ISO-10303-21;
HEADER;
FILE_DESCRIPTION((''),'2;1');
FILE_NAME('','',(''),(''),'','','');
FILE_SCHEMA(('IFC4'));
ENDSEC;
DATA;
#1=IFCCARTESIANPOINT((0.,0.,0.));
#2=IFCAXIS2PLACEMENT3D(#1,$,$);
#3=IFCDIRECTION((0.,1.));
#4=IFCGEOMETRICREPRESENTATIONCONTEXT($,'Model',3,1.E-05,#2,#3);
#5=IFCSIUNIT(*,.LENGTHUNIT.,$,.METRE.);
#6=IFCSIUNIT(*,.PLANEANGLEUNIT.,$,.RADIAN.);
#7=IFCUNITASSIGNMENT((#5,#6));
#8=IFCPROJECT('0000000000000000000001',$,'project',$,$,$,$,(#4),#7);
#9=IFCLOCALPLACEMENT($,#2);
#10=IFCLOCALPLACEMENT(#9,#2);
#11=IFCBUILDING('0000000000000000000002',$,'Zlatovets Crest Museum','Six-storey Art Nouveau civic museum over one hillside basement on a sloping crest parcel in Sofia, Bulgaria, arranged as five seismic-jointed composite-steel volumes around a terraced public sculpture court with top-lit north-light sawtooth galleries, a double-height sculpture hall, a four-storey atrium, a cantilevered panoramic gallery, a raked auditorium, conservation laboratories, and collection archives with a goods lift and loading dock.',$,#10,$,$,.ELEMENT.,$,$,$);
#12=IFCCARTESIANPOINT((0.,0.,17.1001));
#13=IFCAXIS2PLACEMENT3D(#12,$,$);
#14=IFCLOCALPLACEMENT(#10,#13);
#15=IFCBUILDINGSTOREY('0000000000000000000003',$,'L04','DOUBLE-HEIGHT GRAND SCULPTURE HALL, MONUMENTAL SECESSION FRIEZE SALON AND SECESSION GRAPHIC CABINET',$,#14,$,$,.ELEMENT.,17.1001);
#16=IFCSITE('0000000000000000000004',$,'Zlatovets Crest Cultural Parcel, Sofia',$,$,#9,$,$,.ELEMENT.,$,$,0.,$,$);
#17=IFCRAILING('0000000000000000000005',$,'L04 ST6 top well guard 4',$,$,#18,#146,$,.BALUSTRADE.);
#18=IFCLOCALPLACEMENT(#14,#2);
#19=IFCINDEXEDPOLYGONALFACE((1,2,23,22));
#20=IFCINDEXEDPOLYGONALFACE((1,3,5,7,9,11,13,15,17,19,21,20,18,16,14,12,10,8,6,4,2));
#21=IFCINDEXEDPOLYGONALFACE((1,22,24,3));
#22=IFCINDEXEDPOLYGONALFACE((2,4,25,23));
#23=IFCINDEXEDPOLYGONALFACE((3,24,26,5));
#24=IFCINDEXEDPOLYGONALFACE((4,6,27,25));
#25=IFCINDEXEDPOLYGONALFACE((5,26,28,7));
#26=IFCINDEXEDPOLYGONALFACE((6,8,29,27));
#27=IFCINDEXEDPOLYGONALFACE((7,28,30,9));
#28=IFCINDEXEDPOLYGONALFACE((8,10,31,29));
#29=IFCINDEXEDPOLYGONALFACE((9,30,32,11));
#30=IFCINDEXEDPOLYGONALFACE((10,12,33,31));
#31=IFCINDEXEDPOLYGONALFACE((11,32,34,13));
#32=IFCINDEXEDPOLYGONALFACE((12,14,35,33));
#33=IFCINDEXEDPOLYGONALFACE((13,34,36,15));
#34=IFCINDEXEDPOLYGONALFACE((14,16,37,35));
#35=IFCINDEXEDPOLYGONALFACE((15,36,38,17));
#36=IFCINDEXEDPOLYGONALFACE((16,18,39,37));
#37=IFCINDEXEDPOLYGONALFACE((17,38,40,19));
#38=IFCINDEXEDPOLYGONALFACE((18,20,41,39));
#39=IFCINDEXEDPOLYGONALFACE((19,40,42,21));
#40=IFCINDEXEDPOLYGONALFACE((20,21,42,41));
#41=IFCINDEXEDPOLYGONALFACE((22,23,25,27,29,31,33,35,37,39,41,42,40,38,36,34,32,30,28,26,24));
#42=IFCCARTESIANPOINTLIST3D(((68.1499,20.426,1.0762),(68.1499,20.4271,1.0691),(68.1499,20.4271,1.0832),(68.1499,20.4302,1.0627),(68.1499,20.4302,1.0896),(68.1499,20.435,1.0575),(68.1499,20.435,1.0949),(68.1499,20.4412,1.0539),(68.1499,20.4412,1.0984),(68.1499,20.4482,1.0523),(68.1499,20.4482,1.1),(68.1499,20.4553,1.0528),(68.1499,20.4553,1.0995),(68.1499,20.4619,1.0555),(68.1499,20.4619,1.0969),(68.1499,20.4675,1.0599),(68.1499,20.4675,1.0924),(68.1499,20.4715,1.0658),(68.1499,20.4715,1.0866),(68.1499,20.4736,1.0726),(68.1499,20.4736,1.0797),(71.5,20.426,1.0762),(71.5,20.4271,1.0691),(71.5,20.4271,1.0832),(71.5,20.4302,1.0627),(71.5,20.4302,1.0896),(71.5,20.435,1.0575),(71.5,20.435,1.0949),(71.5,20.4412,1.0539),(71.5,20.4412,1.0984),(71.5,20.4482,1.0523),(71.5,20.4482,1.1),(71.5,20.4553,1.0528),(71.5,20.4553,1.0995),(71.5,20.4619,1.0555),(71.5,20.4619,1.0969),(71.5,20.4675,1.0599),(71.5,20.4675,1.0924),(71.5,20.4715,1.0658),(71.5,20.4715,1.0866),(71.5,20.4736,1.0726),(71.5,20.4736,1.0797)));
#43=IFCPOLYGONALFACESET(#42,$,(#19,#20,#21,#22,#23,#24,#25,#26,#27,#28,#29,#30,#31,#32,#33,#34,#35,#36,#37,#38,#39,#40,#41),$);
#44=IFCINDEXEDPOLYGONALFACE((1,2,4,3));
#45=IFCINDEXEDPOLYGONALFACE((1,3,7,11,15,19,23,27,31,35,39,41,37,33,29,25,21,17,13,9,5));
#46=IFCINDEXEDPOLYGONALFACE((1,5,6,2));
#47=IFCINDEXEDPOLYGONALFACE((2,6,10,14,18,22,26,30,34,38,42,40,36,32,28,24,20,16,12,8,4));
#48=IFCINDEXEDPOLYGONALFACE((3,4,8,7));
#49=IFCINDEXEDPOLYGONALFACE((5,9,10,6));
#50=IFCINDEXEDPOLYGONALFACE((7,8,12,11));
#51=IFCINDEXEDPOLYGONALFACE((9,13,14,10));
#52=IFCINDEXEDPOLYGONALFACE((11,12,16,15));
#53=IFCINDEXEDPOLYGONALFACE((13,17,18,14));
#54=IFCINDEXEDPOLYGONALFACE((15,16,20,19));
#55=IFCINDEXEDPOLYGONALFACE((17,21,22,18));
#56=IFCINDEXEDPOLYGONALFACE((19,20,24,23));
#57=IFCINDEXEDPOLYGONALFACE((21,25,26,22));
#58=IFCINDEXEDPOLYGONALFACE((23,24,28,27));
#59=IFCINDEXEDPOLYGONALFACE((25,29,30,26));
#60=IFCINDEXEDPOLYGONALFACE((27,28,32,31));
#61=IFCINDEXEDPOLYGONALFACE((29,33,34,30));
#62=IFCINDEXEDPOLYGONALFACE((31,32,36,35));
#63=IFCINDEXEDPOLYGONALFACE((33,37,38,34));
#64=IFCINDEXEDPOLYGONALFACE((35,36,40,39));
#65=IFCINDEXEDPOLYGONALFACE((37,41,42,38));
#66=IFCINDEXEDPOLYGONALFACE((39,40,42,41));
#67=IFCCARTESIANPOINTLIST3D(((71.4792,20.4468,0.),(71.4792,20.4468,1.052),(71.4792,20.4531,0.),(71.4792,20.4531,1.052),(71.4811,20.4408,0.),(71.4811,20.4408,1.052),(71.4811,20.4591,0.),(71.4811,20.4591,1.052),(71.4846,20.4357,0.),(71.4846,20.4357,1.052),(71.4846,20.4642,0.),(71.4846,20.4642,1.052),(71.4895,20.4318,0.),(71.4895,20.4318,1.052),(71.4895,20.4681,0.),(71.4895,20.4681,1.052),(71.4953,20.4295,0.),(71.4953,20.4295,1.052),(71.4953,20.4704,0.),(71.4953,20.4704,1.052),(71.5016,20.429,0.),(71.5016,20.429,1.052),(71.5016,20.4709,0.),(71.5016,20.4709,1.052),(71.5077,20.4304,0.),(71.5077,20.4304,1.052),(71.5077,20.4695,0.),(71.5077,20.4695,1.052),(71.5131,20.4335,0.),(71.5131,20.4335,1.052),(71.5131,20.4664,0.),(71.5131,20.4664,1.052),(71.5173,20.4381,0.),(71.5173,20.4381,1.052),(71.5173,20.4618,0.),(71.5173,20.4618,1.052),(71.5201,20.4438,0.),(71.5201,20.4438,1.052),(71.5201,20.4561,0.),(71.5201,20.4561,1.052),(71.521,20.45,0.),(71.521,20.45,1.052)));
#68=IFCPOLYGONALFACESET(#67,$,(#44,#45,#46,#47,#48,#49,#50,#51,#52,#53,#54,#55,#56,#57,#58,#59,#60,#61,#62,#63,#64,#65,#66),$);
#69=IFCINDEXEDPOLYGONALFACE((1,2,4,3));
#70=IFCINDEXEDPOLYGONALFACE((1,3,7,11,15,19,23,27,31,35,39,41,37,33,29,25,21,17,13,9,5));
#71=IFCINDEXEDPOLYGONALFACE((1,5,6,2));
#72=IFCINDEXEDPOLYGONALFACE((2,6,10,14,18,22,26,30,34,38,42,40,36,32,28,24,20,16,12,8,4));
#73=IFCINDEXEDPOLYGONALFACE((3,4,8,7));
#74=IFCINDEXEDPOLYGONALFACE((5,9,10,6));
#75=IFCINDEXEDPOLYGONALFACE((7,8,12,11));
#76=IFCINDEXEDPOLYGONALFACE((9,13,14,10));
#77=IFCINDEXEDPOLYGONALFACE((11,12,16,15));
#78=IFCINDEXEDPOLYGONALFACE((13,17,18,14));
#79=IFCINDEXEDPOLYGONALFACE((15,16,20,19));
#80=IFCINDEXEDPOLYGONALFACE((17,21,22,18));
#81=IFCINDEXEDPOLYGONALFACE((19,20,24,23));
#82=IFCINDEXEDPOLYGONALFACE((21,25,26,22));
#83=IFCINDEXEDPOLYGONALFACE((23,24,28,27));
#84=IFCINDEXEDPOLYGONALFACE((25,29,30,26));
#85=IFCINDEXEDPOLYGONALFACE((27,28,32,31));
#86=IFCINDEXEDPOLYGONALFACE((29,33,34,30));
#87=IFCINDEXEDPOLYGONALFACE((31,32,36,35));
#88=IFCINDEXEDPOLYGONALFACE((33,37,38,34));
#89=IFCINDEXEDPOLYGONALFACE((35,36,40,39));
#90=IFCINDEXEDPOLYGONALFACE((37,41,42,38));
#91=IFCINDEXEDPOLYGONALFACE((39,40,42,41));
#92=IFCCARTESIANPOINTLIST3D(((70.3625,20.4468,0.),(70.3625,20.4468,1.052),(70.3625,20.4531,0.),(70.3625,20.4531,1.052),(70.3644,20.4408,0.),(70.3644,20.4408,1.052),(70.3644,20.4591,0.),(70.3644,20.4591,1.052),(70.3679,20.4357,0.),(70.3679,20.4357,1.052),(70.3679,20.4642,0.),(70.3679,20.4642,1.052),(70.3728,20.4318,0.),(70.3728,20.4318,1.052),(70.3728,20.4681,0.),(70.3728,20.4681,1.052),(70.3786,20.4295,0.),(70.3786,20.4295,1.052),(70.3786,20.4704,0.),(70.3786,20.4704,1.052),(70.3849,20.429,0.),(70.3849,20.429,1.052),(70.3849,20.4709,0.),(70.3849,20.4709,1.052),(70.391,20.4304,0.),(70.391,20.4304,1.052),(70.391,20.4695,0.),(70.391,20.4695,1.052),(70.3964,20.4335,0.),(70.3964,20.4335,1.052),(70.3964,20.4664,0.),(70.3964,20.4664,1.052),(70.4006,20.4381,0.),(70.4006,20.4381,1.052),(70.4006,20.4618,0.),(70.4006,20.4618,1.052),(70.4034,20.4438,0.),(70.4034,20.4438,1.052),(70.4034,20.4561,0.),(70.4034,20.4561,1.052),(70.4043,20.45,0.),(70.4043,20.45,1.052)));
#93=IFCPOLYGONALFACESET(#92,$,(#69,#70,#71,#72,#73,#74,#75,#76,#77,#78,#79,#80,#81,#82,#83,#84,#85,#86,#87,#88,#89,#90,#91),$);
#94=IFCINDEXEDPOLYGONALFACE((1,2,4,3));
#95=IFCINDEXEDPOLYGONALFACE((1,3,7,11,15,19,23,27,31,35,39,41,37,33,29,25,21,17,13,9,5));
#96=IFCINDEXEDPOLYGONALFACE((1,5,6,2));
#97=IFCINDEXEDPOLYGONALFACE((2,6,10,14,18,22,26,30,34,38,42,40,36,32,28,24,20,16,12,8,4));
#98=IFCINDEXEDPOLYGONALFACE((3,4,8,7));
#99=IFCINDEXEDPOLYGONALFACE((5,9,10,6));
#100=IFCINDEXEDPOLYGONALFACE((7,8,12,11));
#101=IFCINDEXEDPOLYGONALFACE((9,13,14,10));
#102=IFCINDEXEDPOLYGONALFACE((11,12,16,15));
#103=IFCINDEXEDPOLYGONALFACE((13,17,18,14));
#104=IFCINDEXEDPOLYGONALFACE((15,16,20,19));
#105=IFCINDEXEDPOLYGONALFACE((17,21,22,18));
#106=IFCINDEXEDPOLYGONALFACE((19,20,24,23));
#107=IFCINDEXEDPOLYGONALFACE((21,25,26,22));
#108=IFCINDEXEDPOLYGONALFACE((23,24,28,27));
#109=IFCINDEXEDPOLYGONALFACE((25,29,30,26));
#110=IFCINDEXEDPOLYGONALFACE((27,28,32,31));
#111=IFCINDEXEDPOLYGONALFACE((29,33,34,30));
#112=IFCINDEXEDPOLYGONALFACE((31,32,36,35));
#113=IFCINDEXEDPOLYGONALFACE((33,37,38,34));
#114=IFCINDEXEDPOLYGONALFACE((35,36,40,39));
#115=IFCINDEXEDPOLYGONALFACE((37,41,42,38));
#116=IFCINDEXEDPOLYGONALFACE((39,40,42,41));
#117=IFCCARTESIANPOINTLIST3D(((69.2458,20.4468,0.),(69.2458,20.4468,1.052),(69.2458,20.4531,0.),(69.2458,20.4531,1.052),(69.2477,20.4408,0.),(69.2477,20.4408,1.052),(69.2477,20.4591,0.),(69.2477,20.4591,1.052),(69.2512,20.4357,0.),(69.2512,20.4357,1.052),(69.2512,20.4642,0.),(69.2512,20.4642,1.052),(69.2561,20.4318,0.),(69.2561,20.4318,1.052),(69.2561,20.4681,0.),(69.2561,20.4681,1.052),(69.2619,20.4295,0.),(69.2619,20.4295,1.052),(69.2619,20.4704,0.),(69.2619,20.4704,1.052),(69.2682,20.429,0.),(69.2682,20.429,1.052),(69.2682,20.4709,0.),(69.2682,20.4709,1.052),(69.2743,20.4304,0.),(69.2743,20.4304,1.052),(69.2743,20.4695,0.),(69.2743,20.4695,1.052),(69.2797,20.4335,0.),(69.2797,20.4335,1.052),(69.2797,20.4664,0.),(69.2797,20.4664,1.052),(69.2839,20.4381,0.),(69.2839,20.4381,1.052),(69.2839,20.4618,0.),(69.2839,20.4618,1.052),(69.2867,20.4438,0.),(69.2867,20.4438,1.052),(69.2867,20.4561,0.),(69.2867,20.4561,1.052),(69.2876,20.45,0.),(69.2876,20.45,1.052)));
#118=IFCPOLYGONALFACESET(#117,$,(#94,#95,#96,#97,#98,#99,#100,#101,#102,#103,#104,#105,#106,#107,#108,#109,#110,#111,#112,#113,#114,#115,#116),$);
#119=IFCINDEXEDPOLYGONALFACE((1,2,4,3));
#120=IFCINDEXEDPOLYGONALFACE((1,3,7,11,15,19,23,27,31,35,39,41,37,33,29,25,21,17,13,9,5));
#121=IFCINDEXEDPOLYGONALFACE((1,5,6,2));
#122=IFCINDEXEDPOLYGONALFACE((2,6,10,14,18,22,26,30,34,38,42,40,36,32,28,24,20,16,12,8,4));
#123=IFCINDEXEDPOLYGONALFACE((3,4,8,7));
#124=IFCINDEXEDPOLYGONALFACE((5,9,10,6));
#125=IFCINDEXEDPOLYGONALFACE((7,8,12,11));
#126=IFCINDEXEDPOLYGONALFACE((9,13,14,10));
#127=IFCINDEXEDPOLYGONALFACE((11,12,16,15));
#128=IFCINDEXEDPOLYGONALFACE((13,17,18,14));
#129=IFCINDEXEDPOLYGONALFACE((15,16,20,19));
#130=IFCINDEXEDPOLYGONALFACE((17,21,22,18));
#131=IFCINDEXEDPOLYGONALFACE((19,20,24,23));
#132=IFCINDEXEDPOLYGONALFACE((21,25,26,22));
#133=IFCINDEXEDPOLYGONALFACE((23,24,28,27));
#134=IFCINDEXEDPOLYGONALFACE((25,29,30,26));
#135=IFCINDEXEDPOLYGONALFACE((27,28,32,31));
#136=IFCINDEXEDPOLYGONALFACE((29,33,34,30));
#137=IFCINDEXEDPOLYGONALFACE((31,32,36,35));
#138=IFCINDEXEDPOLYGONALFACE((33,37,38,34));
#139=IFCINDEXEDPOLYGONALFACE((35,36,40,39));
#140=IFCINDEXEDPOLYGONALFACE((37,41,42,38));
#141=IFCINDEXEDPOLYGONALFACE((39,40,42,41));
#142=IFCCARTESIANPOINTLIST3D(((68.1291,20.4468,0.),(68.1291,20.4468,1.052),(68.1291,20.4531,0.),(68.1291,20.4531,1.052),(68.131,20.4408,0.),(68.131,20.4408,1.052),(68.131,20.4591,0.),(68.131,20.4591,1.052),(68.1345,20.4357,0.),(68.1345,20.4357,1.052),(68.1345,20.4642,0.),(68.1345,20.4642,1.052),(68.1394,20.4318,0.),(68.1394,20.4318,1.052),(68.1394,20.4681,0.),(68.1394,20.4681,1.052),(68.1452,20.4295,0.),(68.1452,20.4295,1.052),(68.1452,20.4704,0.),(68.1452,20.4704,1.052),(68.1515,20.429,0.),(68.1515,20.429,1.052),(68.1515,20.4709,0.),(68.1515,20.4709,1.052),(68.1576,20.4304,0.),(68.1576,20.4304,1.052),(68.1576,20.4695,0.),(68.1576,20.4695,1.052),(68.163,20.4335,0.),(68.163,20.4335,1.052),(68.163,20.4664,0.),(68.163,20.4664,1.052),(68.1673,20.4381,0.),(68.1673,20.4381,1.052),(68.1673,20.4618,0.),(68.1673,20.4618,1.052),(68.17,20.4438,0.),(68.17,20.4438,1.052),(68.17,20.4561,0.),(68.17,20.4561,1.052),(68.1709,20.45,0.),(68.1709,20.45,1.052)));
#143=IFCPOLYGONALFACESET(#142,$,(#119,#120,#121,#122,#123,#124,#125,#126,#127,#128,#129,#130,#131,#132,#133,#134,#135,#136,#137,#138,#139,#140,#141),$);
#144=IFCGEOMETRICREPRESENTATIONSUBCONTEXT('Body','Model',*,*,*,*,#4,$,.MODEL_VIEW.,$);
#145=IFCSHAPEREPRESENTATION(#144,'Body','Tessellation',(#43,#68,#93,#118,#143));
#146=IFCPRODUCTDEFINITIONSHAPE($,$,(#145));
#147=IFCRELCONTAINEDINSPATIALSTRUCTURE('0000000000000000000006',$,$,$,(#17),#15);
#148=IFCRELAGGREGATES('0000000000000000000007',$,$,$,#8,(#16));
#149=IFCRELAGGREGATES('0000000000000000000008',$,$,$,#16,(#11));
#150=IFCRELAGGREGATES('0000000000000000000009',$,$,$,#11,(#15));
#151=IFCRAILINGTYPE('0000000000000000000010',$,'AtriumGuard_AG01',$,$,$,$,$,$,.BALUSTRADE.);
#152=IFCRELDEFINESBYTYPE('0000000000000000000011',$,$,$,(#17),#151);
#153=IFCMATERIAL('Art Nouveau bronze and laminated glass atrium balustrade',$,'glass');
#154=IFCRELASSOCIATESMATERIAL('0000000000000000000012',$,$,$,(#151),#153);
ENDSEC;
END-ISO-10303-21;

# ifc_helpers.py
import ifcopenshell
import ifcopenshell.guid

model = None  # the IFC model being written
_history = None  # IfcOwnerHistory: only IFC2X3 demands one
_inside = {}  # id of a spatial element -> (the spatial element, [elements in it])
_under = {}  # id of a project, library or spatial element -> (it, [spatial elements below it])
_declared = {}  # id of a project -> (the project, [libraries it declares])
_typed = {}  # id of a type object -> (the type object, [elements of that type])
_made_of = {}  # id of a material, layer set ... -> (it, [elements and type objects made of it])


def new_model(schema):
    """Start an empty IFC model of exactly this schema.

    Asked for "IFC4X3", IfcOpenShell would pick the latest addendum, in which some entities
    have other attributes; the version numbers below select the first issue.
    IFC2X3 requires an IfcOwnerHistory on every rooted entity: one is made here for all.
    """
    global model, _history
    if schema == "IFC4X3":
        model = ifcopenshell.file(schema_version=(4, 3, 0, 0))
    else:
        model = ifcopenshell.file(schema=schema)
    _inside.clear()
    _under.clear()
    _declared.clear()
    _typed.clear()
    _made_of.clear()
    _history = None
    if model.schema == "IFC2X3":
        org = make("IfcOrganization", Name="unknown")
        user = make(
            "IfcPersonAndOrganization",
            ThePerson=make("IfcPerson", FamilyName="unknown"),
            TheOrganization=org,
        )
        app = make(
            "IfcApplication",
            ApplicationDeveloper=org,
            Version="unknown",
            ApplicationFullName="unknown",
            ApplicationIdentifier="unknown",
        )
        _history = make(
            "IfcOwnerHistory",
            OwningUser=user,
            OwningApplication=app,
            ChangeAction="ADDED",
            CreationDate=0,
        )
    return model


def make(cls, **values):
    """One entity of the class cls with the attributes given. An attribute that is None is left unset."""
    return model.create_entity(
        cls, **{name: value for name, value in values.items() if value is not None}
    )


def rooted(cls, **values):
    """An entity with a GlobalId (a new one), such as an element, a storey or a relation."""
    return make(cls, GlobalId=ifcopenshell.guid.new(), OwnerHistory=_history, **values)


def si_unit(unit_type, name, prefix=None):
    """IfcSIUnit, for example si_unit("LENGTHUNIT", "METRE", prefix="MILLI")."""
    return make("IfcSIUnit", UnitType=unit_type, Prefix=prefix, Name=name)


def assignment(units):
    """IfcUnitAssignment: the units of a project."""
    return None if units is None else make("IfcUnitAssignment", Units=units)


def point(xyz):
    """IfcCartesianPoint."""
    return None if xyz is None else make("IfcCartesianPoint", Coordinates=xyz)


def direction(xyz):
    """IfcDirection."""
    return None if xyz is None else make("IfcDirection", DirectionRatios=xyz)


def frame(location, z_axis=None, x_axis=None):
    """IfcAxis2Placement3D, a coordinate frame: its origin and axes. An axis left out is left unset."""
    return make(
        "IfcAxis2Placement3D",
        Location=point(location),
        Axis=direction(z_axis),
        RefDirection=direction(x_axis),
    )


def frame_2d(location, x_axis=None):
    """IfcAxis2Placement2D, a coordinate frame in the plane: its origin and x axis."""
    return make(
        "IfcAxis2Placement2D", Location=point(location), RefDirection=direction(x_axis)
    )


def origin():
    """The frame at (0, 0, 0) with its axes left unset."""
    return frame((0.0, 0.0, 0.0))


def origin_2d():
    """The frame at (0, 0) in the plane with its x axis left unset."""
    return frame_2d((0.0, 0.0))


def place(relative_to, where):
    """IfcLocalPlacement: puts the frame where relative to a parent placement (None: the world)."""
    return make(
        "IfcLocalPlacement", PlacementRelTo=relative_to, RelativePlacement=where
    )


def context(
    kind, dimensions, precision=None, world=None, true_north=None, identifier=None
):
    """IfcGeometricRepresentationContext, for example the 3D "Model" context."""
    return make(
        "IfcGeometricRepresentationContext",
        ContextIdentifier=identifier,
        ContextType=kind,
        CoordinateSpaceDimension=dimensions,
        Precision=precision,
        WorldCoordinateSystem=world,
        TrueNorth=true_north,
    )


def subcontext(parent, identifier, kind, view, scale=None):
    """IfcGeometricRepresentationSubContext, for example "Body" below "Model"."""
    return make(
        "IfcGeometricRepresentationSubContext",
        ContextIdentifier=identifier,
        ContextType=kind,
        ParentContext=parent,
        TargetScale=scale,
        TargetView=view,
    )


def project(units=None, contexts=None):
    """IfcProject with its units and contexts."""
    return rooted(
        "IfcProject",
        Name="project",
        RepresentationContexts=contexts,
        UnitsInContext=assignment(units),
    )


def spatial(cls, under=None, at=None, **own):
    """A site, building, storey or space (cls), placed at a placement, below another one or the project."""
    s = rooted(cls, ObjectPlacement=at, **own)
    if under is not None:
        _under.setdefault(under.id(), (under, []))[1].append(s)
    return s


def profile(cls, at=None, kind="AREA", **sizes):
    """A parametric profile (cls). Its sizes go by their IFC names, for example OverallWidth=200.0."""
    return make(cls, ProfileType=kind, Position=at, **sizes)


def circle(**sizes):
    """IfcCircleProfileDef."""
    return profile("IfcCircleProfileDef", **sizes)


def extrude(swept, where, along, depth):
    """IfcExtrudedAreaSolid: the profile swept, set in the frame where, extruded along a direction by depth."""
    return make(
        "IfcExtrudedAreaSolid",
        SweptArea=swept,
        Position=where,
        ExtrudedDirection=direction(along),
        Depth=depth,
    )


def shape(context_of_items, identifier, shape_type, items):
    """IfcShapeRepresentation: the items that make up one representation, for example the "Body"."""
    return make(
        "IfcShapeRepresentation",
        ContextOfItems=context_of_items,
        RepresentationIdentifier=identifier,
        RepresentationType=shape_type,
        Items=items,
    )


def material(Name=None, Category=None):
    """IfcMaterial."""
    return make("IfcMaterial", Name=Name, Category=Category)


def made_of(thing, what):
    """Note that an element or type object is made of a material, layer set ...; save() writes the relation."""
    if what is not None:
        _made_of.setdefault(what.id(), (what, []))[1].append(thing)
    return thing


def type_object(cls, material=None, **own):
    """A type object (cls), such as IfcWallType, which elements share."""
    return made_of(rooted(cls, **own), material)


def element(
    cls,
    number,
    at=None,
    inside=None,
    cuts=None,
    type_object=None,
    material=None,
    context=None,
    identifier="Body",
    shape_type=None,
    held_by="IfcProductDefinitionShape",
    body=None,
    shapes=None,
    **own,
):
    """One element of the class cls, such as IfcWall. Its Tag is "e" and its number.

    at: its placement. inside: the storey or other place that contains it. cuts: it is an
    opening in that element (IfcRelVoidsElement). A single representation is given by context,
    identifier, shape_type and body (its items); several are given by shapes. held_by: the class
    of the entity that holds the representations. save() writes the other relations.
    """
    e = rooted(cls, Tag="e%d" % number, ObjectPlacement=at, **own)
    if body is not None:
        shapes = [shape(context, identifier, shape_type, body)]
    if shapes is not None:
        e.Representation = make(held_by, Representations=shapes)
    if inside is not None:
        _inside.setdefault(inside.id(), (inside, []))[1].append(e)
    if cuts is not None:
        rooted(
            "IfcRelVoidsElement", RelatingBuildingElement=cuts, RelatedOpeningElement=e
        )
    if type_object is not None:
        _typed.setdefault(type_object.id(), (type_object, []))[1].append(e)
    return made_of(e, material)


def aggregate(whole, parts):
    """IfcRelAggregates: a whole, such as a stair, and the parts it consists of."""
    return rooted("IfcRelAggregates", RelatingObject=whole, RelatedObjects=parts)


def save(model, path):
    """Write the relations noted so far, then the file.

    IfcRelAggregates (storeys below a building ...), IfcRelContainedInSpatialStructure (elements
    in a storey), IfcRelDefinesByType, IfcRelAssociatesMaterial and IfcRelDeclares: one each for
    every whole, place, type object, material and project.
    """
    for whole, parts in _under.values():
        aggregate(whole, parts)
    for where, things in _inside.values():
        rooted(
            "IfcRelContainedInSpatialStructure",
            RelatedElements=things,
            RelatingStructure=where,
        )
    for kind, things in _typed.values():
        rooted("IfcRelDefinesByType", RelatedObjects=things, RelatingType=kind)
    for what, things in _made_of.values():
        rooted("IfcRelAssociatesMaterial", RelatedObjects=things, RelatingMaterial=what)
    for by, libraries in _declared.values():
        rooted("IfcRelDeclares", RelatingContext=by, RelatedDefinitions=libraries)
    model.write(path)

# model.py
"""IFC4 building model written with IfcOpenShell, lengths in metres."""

from ifc_helpers import new_model, si_unit, direction, frame, origin, origin_2d, place, context, subcontext, project, spatial, circle, extrude, material, type_object, element, save


model = new_model("IFC4")

# Units and contexts
model_context = context("Model", 3, precision=1e-05, world=origin(), true_north=direction((0.0, 1.0)))
body_context = subcontext(model_context, "Body", "Model", "MODEL_VIEW")
ifc_project = project(units=[si_unit("LENGTHUNIT", "METRE"), si_unit("PLANEANGLEUNIT", "RADIAN")], contexts=[model_context])

# Site, building, storey
site_placement = place(None, origin())
site = spatial("IfcSite", under=ifc_project, at=site_placement, Name="Zlatovets Crest Cultural Parcel, Sofia", CompositionType="ELEMENT", RefElevation=0.0)
building_placement = place(site_placement, origin())
building = spatial("IfcBuilding", under=site, at=building_placement, Name="Zlatovets Crest Museum", Description="Six-storey Art Nouveau civic museum over one hillside basement on a sloping crest parcel in Sofia, Bulgaria, arranged as five seismic-jointed composite-steel volumes around a terraced public sculpture court with top-lit north-light sawtooth galleries, a double-height sculpture hall, a four-storey atrium, a cantilevered panoramic gallery, a raked auditorium, conservation laboratories, and collection archives with a goods lift and loading dock.", CompositionType="ELEMENT")
storey_placement = place(building_placement, frame((0.0, 0.0, 17.1001)))
storey = spatial("IfcBuildingStorey", under=building, at=storey_placement, Name="L04", Description="DOUBLE-HEIGHT GRAND SCULPTURE HALL, MONUMENTAL SECESSION FRIEZE SALON AND SECESSION GRAPHIC CABINET", CompositionType="ELEMENT", Elevation=17.1001)

# Railing
ifc_material_1 = material(Name="Art Nouveau bronze and laminated glass atrium balustrade", Category="glass")
railing_type = type_object("IfcRailingType", Name="AtriumGuard_AG01", PredefinedType="BALUSTRADE", material=ifc_material_1)
railing_1_placement = place(storey_placement, frame((71.5, 20.45, 0.0)))
element("IfcRailing", 1, at=railing_1_placement, inside=storey, type_object=railing_type, Name="L04 ST6 top well guard 4", PredefinedType="BALUSTRADE", context=body_context, shape_type="SweptSolid", body=[
    extrude(circle(Radius=0.0239, at=origin_2d()), frame((0.0, 0.0, 1.0762), z_axis=(-1.0, 0.0, 0.0), x_axis=(0.0, -1.0, 0.0)), (0.0, 0.0, 1.0), 3.3501),
    extrude(circle(Radius=0.021, at=origin_2d()), origin(), (0.0, 0.0, 1.0), 1.052),
    extrude(circle(Radius=0.021, at=origin_2d()), frame((-1.1167, 0.0, 0.0)), (0.0, 0.0, 1.0), 1.052),
    extrude(circle(Radius=0.021, at=origin_2d()), frame((-2.2334, 0.0, 0.0)), (0.0, 0.0, 1.0), 1.052),
    extrude(circle(Radius=0.021, at=origin_2d()), frame((-3.3501, 0.0, 0.0)), (0.0, 0.0, 1.0), 1.052),
])

save(model, "model.ifc")
